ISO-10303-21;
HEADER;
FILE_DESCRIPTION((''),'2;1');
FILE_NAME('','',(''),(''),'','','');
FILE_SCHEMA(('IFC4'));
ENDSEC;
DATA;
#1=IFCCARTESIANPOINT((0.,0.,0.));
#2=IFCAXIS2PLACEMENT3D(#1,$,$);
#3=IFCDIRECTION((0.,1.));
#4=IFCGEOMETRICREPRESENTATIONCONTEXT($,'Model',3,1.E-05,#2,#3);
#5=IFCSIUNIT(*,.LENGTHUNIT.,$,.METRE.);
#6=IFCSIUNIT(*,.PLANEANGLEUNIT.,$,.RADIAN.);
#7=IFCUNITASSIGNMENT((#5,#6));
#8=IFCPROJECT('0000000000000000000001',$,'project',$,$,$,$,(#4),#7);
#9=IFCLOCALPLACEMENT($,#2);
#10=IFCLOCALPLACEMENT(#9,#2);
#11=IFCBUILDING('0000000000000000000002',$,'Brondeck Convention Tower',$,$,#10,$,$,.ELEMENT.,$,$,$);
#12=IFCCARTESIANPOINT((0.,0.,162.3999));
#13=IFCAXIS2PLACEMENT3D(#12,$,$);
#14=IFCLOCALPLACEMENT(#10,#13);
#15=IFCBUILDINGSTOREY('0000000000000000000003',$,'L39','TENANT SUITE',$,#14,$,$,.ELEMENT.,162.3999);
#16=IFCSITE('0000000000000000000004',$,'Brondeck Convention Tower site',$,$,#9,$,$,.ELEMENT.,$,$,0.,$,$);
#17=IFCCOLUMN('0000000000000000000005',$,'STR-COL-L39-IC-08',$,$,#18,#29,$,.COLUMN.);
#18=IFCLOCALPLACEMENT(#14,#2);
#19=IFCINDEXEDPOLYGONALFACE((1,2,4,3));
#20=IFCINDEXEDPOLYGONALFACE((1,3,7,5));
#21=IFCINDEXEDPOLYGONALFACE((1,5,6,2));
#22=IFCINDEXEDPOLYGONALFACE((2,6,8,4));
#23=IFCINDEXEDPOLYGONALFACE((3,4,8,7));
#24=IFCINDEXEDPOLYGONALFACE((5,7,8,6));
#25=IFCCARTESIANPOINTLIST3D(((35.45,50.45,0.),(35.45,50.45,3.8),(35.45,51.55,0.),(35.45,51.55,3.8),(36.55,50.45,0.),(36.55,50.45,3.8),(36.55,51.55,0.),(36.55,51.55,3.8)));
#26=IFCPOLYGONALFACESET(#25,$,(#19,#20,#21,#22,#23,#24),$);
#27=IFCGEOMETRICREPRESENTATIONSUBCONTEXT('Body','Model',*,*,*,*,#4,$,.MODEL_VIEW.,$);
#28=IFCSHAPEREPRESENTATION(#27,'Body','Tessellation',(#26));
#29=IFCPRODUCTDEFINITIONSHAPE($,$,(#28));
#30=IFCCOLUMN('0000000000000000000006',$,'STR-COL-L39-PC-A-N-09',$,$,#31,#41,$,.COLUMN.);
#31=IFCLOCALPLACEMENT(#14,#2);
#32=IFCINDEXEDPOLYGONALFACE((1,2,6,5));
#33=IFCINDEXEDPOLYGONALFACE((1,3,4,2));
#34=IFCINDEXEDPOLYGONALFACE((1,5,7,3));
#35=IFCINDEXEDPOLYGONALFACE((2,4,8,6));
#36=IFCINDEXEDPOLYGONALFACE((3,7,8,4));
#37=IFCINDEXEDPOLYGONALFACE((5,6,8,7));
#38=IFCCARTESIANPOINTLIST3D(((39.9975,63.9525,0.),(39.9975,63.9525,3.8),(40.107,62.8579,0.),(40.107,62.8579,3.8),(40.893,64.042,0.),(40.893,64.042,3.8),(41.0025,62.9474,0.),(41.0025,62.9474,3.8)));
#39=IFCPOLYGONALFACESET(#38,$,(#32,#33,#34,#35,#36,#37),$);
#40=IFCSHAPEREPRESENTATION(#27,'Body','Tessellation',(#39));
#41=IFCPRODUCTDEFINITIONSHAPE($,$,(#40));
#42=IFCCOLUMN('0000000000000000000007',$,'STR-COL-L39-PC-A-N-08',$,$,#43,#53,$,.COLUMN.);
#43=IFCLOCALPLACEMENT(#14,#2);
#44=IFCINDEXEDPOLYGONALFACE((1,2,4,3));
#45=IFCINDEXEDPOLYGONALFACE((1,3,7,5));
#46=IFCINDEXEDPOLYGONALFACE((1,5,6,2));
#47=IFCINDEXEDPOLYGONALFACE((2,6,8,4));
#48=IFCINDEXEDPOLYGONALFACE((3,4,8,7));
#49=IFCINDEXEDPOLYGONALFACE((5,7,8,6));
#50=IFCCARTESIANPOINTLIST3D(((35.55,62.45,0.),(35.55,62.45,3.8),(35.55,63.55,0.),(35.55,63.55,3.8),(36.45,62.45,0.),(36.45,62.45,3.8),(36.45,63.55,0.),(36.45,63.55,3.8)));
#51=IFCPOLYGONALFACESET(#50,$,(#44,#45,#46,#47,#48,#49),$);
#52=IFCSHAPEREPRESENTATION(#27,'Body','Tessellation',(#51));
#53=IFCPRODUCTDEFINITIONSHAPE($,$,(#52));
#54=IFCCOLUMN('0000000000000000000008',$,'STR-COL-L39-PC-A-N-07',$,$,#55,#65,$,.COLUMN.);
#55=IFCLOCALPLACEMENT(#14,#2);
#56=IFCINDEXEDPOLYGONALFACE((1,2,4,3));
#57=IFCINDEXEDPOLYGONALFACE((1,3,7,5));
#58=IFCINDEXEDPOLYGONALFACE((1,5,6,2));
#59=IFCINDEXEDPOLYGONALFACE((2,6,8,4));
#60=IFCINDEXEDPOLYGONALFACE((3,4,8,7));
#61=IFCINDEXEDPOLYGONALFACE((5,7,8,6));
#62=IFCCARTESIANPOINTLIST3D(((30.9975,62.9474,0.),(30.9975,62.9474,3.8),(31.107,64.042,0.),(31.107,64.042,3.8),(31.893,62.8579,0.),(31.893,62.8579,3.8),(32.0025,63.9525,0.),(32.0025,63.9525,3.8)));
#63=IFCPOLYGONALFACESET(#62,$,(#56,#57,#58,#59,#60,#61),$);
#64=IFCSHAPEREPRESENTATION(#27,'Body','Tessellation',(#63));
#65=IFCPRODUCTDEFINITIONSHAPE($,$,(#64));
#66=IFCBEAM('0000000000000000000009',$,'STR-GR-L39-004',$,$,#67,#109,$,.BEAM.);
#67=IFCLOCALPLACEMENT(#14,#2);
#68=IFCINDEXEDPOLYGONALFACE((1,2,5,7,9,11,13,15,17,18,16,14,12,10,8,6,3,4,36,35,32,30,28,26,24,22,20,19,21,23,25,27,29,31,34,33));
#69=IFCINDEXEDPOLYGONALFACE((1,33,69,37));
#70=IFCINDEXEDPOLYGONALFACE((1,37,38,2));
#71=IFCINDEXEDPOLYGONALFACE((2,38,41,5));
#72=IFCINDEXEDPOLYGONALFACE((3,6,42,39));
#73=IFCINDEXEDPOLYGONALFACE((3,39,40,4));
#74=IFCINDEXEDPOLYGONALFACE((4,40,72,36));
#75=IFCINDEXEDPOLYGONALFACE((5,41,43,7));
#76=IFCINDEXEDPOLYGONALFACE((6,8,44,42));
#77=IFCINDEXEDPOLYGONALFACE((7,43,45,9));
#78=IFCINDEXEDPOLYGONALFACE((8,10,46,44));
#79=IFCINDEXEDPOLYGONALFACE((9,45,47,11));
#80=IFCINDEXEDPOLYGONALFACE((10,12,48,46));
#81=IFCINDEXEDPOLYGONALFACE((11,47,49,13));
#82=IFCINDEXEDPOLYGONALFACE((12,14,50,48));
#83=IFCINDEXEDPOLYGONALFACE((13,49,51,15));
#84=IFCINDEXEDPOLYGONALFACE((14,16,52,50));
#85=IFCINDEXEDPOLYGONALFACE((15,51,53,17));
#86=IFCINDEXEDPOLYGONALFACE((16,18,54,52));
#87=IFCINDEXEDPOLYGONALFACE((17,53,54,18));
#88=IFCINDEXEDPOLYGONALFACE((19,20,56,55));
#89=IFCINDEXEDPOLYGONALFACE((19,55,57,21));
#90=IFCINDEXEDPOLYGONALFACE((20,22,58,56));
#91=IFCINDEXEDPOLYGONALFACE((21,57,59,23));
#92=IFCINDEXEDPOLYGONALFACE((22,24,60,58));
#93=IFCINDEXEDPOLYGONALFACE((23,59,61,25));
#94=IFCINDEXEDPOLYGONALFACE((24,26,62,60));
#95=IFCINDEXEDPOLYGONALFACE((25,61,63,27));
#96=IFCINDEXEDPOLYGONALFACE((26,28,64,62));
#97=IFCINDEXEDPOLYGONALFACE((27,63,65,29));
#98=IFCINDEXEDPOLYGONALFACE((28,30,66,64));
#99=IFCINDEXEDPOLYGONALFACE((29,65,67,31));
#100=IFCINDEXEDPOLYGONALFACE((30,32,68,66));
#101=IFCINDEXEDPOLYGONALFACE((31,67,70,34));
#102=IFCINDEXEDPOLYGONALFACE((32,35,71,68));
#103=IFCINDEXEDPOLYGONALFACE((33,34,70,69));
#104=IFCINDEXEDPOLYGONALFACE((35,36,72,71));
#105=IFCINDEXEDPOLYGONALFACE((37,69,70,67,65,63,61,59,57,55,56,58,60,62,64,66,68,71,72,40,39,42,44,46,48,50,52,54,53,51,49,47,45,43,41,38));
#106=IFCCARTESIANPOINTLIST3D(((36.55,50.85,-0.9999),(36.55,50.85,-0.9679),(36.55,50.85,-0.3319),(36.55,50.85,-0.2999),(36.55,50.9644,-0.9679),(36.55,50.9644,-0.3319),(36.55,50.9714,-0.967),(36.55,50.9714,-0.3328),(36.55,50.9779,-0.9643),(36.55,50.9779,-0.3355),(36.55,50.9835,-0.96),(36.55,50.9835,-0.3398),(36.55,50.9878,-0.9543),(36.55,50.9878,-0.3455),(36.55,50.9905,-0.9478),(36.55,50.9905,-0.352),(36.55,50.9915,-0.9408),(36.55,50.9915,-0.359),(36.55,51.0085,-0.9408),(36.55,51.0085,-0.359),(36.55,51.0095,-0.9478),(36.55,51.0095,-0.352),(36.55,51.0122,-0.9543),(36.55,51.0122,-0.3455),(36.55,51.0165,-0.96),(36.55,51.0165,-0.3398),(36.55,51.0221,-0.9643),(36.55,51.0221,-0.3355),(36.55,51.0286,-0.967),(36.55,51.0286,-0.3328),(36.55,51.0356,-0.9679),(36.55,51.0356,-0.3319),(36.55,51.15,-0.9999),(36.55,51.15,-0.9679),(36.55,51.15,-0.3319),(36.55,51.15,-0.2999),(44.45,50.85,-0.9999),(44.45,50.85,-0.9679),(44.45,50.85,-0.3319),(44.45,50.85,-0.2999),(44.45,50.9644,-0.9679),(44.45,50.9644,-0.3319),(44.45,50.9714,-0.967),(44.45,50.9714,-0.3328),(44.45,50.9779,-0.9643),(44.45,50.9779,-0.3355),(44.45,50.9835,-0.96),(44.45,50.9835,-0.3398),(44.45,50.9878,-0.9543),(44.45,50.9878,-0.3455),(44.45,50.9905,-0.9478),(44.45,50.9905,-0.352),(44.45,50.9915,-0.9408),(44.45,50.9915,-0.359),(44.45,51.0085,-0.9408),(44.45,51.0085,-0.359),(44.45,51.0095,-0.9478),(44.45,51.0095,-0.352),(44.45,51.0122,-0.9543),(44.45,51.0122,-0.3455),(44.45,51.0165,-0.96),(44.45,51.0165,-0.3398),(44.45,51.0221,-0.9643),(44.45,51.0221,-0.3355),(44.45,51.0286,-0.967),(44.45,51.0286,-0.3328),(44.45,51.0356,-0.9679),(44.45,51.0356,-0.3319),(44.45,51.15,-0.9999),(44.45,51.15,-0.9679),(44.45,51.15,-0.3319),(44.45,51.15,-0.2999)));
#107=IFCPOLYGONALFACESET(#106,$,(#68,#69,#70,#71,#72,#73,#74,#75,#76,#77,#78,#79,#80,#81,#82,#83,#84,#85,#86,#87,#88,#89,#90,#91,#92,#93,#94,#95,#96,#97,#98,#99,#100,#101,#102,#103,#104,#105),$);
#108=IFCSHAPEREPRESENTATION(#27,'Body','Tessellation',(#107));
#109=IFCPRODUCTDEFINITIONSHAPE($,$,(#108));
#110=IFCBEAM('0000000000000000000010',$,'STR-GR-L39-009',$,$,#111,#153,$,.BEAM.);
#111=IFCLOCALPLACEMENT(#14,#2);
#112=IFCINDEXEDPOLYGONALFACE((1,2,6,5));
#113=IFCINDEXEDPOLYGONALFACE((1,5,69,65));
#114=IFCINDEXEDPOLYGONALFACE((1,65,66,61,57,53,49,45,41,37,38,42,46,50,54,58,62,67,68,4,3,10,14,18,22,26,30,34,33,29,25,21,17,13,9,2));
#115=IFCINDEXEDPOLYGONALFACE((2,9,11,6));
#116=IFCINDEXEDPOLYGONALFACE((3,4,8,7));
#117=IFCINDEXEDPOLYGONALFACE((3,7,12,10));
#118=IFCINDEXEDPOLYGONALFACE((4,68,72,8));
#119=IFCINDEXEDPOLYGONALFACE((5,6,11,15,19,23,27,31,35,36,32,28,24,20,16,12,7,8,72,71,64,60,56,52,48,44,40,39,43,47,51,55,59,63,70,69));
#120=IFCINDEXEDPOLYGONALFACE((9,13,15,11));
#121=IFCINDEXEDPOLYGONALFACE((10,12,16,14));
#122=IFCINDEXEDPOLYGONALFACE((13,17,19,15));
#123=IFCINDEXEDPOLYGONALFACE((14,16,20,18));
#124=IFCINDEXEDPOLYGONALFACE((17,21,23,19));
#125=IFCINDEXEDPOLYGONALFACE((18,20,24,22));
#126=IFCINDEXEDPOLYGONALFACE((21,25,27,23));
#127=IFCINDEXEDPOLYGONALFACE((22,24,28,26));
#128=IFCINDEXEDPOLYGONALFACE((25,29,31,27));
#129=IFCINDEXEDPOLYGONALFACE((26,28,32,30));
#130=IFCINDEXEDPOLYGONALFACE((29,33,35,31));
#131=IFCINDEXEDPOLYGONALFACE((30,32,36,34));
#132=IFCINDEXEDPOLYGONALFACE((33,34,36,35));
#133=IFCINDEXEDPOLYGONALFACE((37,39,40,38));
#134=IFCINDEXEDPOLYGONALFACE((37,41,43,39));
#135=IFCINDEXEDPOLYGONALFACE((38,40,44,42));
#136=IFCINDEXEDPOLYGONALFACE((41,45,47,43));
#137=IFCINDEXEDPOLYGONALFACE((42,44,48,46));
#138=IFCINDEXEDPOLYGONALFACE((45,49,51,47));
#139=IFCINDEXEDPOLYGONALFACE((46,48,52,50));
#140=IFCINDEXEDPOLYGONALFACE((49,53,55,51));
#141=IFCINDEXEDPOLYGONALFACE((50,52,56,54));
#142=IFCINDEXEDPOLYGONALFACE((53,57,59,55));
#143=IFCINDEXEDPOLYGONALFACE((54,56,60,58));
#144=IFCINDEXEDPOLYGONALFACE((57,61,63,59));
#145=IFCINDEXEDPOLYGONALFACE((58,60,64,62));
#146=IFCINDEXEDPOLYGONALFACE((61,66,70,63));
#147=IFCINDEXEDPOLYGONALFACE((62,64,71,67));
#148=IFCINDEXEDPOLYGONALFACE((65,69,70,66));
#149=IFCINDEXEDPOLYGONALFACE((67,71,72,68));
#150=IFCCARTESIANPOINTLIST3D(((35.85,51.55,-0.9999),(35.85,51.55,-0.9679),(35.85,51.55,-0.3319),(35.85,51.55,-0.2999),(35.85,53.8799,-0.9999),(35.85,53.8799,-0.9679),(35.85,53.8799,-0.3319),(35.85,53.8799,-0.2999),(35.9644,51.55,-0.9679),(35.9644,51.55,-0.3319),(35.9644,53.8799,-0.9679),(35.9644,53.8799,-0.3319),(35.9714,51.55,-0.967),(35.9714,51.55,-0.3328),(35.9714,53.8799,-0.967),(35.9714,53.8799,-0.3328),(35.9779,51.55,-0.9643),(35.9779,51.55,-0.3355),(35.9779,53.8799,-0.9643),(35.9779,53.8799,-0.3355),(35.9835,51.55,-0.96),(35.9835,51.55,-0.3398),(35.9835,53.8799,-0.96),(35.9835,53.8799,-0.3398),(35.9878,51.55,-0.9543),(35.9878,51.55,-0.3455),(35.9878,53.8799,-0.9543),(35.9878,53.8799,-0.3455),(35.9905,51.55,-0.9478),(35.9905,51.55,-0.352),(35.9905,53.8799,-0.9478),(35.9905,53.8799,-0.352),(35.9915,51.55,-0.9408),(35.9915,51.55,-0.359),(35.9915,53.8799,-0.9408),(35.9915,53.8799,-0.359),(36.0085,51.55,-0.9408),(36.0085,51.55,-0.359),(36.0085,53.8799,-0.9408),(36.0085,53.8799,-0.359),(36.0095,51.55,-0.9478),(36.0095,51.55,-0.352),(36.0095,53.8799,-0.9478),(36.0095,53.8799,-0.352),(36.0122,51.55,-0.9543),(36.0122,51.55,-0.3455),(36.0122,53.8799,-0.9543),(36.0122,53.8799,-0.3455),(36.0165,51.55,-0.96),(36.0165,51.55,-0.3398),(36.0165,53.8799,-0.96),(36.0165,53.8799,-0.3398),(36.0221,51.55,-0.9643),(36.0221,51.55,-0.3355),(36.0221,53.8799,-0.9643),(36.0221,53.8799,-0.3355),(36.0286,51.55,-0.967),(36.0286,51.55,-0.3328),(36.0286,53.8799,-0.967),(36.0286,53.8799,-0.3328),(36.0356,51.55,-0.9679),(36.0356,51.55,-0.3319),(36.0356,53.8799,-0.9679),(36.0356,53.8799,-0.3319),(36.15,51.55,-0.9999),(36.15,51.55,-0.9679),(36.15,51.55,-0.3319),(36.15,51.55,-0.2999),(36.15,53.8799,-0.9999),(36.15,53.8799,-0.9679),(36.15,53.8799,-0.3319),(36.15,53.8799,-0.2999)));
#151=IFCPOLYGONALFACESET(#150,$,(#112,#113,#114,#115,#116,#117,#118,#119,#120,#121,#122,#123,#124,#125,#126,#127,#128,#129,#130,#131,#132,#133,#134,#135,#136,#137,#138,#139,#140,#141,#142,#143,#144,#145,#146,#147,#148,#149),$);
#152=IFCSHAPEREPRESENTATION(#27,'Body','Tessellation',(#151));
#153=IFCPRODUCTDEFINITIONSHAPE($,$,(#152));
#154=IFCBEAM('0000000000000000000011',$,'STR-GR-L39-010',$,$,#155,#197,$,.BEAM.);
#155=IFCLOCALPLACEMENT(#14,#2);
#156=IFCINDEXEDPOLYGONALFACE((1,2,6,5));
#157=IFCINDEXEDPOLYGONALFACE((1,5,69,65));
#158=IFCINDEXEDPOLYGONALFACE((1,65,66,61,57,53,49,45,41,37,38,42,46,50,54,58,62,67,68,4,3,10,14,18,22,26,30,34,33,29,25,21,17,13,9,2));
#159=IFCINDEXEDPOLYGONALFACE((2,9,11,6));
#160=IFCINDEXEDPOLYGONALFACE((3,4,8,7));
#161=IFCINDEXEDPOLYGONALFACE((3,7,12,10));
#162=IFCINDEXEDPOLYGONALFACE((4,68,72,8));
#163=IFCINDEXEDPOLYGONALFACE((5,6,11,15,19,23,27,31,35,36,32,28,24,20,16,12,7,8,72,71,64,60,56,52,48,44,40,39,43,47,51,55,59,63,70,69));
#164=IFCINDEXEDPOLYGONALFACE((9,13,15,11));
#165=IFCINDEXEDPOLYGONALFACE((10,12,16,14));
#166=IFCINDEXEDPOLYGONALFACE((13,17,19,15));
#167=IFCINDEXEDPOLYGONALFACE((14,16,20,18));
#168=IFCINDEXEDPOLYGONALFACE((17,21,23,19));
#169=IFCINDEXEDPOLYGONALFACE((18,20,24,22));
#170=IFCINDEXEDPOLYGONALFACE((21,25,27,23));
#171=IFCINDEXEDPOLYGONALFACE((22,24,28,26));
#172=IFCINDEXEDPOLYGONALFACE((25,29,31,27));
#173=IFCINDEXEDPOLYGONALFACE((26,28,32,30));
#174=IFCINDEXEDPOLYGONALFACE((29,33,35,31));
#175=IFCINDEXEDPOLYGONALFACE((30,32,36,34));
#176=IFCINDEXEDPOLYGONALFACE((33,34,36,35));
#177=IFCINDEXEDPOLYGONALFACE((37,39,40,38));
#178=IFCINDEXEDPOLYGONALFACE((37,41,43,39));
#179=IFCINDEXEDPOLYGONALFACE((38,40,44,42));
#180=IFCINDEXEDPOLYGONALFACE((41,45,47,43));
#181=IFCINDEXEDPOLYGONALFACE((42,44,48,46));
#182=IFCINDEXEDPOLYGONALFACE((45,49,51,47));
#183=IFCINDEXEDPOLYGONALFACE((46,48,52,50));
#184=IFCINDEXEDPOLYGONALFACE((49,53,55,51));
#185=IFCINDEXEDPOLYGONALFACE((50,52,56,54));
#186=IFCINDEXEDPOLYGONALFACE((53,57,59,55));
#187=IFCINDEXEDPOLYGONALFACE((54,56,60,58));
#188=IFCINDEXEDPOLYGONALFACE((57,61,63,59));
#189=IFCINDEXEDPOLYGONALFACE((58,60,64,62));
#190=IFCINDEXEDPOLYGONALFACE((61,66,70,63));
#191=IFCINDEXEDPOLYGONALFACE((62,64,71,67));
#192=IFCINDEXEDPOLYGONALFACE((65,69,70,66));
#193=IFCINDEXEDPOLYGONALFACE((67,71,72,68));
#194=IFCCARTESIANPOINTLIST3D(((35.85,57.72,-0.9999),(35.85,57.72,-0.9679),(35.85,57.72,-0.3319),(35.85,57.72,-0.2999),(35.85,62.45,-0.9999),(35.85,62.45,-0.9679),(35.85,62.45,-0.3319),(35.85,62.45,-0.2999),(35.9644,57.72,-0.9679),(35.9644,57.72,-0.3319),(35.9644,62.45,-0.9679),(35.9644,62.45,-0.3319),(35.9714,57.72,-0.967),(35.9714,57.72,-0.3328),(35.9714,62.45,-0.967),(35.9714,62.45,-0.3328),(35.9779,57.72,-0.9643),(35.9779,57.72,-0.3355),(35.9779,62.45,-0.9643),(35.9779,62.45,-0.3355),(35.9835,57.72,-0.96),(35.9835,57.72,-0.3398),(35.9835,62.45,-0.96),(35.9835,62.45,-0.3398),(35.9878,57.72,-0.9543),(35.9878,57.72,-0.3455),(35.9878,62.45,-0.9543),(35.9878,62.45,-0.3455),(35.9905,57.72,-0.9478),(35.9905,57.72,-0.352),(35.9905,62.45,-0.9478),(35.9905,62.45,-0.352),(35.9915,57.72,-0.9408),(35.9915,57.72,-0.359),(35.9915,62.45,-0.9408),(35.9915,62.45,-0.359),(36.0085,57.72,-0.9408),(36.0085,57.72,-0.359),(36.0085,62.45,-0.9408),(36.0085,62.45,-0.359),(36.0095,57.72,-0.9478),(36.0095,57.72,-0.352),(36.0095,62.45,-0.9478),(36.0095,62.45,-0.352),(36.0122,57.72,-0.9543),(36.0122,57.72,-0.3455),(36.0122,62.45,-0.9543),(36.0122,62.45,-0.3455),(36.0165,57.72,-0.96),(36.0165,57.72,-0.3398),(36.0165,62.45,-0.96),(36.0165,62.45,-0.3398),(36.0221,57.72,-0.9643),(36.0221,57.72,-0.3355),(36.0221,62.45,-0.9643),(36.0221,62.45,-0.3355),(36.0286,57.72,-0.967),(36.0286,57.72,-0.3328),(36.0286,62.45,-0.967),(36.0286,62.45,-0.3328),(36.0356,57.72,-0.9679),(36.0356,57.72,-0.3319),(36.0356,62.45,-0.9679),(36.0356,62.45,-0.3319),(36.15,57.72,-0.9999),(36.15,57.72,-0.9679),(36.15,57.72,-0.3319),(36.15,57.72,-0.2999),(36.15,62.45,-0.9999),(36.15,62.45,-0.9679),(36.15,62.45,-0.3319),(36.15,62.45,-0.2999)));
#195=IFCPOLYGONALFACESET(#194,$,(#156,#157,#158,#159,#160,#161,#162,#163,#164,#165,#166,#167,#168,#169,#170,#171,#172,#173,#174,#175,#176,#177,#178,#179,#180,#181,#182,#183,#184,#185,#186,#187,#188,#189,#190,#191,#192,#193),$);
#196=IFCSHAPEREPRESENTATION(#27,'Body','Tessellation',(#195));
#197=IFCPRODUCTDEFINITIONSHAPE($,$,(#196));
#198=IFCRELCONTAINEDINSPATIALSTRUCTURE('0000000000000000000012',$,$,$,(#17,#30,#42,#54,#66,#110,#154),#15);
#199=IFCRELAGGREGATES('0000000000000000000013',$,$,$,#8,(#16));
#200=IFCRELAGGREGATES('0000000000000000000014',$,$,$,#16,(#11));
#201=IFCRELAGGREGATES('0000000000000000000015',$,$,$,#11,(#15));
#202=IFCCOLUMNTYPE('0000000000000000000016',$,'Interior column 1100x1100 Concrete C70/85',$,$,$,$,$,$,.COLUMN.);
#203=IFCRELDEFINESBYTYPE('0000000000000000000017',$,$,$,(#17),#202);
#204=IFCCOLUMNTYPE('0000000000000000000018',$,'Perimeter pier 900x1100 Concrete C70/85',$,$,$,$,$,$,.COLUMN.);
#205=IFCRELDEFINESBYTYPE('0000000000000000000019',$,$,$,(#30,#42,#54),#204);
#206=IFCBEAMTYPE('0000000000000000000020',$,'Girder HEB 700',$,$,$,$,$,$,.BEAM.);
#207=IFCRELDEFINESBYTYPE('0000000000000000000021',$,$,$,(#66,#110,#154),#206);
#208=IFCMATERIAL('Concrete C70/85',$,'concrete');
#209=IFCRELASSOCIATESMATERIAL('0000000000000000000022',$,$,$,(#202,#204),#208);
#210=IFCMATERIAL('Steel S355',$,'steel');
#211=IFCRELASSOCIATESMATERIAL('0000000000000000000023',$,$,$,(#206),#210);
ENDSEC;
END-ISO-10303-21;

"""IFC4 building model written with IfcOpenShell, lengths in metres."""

from ifc_helpers import new_model, si_unit, direction, frame, origin, origin_2d, place, context, subcontext, project, spatial, rectangle, i_section, extrude, material, material_profile, profile_set, type_object, element, save


model = new_model("IFC4")

# Units and contexts
model_context = context("Model", 3, precision=1e-05, world=origin(), true_north=direction((0.0, 1.0)))
body_context = subcontext(model_context, "Body", "Model", "MODEL_VIEW")
ifc_project = project(units=[si_unit("LENGTHUNIT", "METRE"), si_unit("PLANEANGLEUNIT", "RADIAN")], contexts=[model_context])

# Site, building, storey
site_placement = place(None, origin())
site = spatial("IfcSite", under=ifc_project, at=site_placement, Name="Brondeck Convention Tower site", CompositionType="ELEMENT", RefElevation=0.0)
building_placement = place(site_placement, origin())
building = spatial("IfcBuilding", under=site, at=building_placement, Name="Brondeck Convention Tower", CompositionType="ELEMENT")
storey_placement = place(building_placement, frame((0.0, 0.0, 162.3999)))
storey = spatial("IfcBuildingStorey", under=building, at=storey_placement, Name="L39", Description="TENANT SUITE", CompositionType="ELEMENT", Elevation=162.3999)

# Columns
ifc_material_1 = material(Name="Concrete C70/85", Category="concrete")
ifc_material_profile_1 = material_profile(ifc_material_1, rectangle(XDim=1.1001, YDim=1.1001, at=origin_2d()), Name="Interior column 1100x1100 Concrete C70/85")
ifc_profile_set_1 = profile_set([ifc_material_profile_1], Name="Concrete C70/85")
column_type_1 = type_object("IfcColumnType", Name="Interior column 1100x1100 Concrete C70/85", PredefinedType="COLUMN", material=ifc_profile_set_1)
column_placement = place(storey_placement, frame((36.0, 51.0, 0.0), z_axis=(0.0, 0.0, 1.0), x_axis=(1.0, 0.0, 0.0)))
element("IfcColumn", 1, at=column_placement, inside=storey, type_object=column_type_1, Name="STR-COL-L39-IC-08", PredefinedType="COLUMN", context=body_context, shape_type="SweptSolid", body=[
    extrude(rectangle(XDim=1.1001, YDim=1.1001, at=origin_2d()), origin(), (0.0, 0.0, 1.0), 3.8),
])
ifc_material_profile_2 = material_profile(ifc_material_1, rectangle(XDim=0.8999, YDim=1.1001, at=origin_2d()), Name="Perimeter pier 900x1100 Concrete C70/85")
ifc_profile_set_2 = profile_set([ifc_material_profile_2], Name="Concrete C70/85")
column_type_2 = type_object("IfcColumnType", Name="Perimeter pier 900x1100 Concrete C70/85", PredefinedType="COLUMN", material=ifc_profile_set_2)
for number, where, z_axis, x_axis, name in (
    (2, (40.5, 63.45, 0.0), (0.0, 0.0, 1.0), (-0.995037, -0.099504, 0.0), "STR-COL-L39-PC-A-N-09"),
    (3, (36.0, 63.0, 0.0), (0.0, 0.0, 1.0), (-1.0, 0.0, 0.0), "STR-COL-L39-PC-A-N-08"),
    (4, (31.5, 63.45, 0.0), (0.0, 0.0, 1.0), (-0.995037, 0.099504, 0.0), "STR-COL-L39-PC-A-N-07"),
):
    element("IfcColumn", number, at=place(storey_placement, frame(where, z_axis=z_axis, x_axis=x_axis)), inside=storey, type_object=column_type_2, Name=name, PredefinedType="COLUMN", context=body_context, shape_type="SweptSolid", body=[
        extrude(rectangle(XDim=0.8999, YDim=1.1001, at=origin_2d()), origin(), (0.0, 0.0, 1.0), 3.8),
    ])

# Beams
ifc_material_2 = material(Name="Steel S355", Category="steel")
ifc_material_profile_3 = material_profile(ifc_material_2, i_section(OverallWidth=0.3, OverallDepth=0.7, WebThickness=0.0171, FlangeThickness=0.032, FilletRadius=0.0271, at=origin_2d()), Name="HEB 700")
ifc_profile_set_3 = profile_set([ifc_material_profile_3], Name="Steel S355")
beam_type_1 = type_object("IfcBeamType", Name="Girder HEB 700", PredefinedType="BEAM", material=ifc_profile_set_3)
beam_1_placement = place(storey_placement, frame((36.55, 51.0, -0.6499), z_axis=(1.0, 0.0, 0.0), x_axis=(0.0, 1.0, 0.0)))
element("IfcBeam", 5, at=beam_1_placement, inside=storey, type_object=beam_type_1, Name="STR-GR-L39-004", PredefinedType="BEAM", context=body_context, shape_type="SweptSolid", body=[
    extrude(i_section(OverallWidth=0.3, OverallDepth=0.7, WebThickness=0.0171, FlangeThickness=0.032, FilletRadius=0.0271, at=origin_2d()), origin(), (0.0, 0.0, 1.0), 7.8999),
])
beam_2_placement = place(storey_placement, frame((36.0, 51.55, -0.6499), z_axis=(0.0, 1.0, 0.0), x_axis=(-1.0, 0.0, 0.0)))
element("IfcBeam", 6, at=beam_2_placement, inside=storey, type_object=beam_type_1, Name="STR-GR-L39-009", PredefinedType="BEAM", context=body_context, shape_type="SweptSolid", body=[
    extrude(i_section(OverallWidth=0.3, OverallDepth=0.7, WebThickness=0.0171, FlangeThickness=0.032, FilletRadius=0.0271, at=origin_2d()), origin(), (0.0, 0.0, 1.0), 2.3298),
])
beam_3_placement = place(storey_placement, frame((36.0, 57.72, -0.6499), z_axis=(0.0, 1.0, 0.0), x_axis=(-1.0, 0.0, 0.0)))
element("IfcBeam", 7, at=beam_3_placement, inside=storey, type_object=beam_type_1, Name="STR-GR-L39-010", PredefinedType="BEAM", context=body_context, shape_type="SweptSolid", body=[
    extrude(i_section(OverallWidth=0.3, OverallDepth=0.7, WebThickness=0.0171, FlangeThickness=0.032, FilletRadius=0.0271, at=origin_2d()), origin(), (0.0, 0.0, 1.0), 4.73),
])

save(model, "model.ifc")
